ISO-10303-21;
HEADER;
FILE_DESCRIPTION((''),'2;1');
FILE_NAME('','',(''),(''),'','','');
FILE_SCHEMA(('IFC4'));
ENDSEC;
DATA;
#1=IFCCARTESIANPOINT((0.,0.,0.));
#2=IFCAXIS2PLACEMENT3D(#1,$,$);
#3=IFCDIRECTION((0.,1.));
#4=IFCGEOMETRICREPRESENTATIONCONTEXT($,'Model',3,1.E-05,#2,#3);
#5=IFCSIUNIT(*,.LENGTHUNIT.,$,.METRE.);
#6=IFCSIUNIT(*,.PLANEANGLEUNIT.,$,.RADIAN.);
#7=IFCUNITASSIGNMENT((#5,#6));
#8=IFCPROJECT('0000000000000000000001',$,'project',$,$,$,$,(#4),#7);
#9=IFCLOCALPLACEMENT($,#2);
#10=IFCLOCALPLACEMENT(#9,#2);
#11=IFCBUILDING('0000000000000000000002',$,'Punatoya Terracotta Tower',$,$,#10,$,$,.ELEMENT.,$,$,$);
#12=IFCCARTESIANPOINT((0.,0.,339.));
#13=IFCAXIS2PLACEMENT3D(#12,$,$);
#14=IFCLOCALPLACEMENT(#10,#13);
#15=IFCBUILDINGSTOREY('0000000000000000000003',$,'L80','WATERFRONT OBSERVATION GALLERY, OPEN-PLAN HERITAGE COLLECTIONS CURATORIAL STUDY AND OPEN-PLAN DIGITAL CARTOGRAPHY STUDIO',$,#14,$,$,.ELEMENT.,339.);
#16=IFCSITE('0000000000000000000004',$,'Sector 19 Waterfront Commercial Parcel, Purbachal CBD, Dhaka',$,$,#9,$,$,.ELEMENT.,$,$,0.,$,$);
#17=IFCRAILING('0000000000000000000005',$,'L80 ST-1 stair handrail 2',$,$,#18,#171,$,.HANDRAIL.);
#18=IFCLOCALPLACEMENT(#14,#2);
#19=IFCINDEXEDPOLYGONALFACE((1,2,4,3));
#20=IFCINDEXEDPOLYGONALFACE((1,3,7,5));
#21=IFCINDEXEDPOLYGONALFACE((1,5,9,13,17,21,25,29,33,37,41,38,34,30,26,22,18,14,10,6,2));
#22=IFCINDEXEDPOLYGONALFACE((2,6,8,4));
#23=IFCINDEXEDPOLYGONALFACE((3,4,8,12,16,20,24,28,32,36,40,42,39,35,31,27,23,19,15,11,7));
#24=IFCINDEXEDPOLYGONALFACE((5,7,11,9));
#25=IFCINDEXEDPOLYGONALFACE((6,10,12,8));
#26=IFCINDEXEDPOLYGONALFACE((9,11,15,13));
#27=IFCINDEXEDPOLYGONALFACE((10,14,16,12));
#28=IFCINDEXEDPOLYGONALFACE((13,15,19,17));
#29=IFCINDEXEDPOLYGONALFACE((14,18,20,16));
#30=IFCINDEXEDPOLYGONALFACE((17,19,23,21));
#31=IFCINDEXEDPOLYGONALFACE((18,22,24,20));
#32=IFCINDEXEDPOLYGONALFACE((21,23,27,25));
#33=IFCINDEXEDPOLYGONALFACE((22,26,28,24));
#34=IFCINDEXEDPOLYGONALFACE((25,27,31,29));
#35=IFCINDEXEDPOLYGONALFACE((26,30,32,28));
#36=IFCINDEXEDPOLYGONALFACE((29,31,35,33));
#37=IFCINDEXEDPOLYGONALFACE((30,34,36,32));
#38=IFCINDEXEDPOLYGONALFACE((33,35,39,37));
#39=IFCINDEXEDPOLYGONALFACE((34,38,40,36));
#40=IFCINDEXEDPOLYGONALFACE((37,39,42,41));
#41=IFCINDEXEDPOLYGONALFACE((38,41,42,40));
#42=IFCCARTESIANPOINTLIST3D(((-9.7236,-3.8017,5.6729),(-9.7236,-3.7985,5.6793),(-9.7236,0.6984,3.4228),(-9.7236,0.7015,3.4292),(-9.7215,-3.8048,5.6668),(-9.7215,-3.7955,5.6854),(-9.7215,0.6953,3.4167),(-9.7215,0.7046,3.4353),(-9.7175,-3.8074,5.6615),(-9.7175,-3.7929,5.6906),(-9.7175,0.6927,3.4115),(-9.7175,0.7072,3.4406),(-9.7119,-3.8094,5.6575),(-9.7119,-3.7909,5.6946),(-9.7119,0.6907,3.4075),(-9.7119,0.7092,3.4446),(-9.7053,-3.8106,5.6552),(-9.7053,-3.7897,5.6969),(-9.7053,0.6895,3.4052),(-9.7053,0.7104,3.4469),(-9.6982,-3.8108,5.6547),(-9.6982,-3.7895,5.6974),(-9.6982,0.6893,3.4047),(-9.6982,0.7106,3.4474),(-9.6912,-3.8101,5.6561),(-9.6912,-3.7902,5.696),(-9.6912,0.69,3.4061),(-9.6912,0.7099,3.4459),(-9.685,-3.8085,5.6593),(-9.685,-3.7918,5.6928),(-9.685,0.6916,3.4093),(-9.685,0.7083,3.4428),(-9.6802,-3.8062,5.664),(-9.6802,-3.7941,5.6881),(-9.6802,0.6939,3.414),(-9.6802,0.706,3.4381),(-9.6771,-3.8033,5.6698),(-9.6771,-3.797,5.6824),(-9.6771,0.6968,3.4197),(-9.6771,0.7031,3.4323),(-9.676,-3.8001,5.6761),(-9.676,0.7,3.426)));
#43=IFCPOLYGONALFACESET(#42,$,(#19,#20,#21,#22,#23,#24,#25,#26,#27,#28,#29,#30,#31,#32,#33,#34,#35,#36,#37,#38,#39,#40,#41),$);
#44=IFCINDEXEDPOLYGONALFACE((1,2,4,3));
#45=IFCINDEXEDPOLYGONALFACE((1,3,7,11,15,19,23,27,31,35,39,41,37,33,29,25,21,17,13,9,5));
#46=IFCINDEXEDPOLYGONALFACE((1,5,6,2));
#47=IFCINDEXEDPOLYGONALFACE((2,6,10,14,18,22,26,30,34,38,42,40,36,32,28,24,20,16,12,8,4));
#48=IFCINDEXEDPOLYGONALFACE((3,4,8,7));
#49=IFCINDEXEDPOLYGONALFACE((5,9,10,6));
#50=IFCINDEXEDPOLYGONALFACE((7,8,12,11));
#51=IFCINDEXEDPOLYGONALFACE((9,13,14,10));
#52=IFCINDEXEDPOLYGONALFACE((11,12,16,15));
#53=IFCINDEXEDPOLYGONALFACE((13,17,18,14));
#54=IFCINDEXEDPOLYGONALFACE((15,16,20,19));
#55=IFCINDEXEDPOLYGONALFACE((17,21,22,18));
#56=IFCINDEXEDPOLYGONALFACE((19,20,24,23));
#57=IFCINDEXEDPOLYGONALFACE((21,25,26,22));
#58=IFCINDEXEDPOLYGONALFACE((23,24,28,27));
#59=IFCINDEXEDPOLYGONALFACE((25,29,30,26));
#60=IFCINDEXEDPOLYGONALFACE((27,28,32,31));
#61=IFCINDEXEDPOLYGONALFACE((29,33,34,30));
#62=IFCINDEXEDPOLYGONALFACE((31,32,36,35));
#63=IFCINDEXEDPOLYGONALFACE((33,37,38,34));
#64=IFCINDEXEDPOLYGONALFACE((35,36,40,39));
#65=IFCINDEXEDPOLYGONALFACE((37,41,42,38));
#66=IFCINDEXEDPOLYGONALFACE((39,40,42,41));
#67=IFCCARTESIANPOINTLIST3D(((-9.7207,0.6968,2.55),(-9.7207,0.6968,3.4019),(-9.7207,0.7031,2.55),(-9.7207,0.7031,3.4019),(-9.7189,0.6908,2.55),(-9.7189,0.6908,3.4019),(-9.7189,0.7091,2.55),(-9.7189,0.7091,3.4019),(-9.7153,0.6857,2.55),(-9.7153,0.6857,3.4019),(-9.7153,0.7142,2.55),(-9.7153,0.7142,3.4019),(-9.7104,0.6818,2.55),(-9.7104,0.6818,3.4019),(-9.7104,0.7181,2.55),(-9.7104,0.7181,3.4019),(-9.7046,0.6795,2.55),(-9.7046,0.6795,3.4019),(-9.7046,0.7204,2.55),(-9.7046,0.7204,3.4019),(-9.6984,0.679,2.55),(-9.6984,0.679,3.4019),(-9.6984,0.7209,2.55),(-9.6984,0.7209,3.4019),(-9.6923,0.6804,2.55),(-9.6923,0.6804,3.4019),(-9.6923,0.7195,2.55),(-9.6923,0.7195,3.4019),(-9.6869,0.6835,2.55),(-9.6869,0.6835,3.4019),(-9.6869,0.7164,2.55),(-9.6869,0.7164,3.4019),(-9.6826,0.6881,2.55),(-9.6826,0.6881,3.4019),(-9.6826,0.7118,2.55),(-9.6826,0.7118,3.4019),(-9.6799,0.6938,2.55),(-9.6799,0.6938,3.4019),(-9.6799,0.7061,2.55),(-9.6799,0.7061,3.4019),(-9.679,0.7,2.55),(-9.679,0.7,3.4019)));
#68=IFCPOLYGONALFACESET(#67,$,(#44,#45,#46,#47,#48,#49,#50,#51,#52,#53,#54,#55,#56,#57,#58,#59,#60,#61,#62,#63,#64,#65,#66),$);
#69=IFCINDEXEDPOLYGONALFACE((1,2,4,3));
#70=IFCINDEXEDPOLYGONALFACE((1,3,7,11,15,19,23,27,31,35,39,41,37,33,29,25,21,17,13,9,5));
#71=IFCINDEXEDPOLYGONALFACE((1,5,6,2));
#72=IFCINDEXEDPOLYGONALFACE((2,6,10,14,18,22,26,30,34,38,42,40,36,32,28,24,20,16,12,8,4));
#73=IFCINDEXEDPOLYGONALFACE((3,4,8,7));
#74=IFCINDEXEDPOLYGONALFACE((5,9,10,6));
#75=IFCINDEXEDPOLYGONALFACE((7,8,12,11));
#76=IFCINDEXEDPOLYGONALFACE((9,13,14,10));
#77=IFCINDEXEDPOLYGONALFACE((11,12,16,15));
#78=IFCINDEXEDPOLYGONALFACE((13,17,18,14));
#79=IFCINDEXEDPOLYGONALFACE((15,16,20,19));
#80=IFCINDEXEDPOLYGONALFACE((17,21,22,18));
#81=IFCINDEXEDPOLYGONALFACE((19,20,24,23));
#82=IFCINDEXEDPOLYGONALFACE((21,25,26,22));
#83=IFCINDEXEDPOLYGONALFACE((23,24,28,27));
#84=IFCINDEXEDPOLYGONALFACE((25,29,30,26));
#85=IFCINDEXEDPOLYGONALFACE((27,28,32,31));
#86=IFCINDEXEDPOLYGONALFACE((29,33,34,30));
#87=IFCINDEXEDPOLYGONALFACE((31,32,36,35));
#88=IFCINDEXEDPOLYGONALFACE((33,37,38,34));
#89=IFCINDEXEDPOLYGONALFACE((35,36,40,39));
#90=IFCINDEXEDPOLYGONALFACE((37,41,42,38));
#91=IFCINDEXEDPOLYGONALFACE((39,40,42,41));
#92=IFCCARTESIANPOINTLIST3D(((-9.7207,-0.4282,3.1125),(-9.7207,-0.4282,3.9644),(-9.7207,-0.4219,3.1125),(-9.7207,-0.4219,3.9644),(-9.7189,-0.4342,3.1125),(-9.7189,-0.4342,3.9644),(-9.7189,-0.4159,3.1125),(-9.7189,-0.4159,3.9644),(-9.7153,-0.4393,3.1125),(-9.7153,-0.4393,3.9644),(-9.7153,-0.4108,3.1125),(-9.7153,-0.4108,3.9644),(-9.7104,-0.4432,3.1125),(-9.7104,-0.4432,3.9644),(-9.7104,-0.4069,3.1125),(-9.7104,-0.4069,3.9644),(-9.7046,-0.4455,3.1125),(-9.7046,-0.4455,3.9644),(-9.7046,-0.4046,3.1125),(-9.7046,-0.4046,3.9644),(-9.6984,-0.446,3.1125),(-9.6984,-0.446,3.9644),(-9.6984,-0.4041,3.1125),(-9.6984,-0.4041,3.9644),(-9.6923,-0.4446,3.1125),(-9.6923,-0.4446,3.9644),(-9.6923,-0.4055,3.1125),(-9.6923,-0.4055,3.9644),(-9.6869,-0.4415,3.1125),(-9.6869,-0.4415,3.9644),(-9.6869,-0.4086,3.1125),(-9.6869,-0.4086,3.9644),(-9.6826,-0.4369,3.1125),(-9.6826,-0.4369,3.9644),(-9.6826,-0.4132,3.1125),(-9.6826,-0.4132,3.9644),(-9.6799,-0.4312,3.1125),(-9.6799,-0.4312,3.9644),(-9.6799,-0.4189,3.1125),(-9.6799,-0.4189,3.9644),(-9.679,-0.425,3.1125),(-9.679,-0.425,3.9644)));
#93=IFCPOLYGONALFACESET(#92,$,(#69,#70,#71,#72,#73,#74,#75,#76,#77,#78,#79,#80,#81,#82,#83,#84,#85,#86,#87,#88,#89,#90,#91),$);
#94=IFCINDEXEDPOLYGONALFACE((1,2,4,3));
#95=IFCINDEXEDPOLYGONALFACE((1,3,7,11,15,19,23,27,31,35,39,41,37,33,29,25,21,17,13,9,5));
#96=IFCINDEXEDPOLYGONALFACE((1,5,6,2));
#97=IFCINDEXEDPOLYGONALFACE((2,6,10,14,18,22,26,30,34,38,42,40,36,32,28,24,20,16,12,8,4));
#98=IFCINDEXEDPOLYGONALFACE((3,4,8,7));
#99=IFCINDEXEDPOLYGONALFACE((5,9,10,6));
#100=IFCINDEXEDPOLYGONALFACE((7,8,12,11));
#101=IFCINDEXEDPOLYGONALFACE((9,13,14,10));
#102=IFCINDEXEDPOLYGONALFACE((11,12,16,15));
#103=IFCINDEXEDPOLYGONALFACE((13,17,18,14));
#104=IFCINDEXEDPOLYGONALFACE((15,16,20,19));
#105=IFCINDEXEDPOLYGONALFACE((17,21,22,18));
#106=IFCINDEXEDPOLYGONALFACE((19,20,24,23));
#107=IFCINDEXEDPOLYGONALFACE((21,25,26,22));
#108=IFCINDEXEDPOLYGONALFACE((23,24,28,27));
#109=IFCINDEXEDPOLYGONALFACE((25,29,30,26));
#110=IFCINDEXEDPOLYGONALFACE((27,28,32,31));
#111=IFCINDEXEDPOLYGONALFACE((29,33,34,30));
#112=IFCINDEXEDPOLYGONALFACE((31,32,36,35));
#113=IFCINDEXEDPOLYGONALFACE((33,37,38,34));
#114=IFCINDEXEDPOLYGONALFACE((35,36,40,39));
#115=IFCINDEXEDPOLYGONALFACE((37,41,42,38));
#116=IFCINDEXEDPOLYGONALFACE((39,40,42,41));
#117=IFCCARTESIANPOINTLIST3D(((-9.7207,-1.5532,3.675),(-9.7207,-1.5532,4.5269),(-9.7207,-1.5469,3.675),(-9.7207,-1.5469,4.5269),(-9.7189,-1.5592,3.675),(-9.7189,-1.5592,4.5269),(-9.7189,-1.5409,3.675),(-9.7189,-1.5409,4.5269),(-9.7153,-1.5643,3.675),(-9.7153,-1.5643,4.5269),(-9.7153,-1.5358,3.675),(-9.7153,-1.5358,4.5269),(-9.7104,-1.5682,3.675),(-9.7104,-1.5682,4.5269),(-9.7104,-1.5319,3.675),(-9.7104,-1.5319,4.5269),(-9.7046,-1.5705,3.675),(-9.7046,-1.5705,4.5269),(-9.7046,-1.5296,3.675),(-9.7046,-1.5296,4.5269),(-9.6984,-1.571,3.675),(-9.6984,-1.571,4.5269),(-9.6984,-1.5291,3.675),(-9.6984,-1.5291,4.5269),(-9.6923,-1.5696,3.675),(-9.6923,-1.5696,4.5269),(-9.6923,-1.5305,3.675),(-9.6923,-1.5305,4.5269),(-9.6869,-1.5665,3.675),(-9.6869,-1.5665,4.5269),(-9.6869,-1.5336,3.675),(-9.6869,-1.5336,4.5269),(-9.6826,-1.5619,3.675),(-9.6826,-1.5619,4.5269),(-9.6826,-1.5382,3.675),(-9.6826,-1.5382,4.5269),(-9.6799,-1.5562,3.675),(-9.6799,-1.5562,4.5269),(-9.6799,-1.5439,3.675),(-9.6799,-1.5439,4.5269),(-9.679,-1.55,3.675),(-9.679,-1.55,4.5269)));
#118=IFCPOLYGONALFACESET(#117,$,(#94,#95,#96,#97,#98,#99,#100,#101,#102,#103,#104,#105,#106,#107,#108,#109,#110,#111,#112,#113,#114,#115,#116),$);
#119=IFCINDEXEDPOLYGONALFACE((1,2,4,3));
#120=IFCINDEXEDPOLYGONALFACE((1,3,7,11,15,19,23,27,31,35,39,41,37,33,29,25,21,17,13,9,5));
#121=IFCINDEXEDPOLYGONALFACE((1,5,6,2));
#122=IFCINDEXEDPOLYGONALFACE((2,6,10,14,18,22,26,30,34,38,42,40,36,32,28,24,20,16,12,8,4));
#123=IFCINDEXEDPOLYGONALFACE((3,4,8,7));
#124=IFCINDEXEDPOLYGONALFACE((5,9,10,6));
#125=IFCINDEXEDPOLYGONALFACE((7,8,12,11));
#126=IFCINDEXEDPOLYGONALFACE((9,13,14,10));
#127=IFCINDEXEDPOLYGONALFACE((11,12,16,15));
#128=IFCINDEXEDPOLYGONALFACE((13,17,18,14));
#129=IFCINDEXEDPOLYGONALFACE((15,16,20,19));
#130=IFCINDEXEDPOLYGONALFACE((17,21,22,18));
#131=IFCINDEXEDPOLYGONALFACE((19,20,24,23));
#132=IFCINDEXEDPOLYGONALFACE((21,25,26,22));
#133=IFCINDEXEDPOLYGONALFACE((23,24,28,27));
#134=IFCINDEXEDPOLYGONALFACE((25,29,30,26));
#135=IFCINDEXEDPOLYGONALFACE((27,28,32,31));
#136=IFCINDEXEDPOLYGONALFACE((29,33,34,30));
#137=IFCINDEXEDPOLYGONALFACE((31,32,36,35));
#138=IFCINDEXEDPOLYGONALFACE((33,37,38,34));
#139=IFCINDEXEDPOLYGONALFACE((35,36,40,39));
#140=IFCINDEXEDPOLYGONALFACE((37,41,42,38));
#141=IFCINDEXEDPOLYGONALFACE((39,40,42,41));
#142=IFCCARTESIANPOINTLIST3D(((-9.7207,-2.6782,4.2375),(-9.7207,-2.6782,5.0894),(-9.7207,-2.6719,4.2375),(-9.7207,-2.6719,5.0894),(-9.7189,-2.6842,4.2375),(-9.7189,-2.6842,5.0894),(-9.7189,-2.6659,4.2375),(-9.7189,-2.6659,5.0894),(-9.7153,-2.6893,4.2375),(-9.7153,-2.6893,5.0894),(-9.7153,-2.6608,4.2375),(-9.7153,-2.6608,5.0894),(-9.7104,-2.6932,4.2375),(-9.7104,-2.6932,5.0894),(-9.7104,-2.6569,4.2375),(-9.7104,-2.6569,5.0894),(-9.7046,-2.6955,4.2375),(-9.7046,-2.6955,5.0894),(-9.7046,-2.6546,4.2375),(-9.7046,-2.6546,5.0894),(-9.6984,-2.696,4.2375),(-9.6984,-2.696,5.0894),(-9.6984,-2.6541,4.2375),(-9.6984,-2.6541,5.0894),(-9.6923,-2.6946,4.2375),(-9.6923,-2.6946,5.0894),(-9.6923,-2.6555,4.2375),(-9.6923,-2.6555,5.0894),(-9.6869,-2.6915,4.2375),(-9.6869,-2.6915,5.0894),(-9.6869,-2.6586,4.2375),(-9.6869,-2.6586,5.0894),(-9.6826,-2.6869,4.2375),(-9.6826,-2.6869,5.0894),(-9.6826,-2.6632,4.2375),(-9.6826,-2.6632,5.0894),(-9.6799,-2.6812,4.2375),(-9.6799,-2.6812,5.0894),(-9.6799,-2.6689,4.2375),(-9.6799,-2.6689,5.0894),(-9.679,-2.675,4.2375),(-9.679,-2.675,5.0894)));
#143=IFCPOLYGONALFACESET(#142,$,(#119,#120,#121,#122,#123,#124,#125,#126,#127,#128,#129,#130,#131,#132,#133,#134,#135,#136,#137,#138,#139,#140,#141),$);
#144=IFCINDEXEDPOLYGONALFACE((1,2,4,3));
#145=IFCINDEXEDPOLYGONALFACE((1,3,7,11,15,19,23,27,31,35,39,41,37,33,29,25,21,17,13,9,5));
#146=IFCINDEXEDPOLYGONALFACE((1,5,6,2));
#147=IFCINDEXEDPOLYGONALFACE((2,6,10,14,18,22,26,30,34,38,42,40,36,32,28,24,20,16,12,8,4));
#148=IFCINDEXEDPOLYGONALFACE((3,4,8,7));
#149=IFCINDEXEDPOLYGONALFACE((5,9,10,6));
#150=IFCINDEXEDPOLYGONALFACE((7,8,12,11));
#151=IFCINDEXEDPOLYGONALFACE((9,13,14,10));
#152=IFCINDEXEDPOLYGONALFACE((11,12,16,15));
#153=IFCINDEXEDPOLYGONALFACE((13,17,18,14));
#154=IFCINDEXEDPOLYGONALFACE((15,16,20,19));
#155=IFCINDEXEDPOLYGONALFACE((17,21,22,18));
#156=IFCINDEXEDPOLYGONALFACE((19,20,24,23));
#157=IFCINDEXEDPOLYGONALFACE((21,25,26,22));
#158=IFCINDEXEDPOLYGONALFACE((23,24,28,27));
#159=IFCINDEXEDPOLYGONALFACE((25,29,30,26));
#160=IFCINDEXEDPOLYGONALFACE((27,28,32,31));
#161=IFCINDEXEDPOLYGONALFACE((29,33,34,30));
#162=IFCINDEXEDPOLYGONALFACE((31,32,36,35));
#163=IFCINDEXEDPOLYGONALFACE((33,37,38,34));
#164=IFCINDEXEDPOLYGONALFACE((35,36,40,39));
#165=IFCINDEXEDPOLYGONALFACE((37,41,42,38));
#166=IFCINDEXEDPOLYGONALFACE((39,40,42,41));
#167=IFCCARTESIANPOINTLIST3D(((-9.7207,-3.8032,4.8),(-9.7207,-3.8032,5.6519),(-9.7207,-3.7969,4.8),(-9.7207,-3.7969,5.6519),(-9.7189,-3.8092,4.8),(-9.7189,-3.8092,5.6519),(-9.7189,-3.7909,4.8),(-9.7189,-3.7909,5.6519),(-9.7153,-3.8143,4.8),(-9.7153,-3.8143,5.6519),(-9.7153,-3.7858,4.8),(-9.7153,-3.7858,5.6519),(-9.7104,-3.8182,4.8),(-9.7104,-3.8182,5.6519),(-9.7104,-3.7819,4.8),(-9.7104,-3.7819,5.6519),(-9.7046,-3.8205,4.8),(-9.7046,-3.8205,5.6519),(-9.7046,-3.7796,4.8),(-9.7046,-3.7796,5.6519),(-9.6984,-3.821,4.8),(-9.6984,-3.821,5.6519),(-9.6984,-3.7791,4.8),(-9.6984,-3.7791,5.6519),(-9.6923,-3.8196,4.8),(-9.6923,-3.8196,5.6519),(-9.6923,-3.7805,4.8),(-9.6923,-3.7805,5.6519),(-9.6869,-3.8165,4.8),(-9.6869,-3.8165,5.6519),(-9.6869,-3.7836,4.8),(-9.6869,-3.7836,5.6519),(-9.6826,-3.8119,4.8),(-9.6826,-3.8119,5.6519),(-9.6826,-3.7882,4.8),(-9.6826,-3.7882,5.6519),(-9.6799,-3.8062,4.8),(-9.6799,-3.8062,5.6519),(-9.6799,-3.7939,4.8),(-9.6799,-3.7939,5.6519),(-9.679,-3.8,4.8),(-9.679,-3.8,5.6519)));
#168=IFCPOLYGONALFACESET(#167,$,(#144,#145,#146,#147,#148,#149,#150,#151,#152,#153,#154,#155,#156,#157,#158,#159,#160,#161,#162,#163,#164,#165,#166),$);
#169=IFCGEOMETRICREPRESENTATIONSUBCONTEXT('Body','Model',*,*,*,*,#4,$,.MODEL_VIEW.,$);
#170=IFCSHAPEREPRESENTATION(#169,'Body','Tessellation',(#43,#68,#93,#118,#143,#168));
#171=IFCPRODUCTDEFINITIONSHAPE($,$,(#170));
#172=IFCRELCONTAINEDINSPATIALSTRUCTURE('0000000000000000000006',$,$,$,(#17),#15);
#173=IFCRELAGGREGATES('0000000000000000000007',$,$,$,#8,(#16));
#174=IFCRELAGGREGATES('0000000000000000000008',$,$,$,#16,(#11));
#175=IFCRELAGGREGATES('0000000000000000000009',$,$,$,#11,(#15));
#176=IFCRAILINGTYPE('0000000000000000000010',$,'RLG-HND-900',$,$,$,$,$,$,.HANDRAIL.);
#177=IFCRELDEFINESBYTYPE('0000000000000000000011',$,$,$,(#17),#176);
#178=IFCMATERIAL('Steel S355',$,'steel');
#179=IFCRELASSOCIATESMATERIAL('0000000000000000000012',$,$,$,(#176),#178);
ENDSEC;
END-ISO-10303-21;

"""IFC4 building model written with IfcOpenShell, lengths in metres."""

from ifc_helpers import new_model, si_unit, direction, frame, origin, origin_2d, place, context, subcontext, project, spatial, circle, extrude, material, type_object, element, save


model = new_model("IFC4")

# Units and contexts
model_context = context("Model", 3, precision=1e-05, world=origin(), true_north=direction((0.0, 1.0)))
body_context = subcontext(model_context, "Body", "Model", "MODEL_VIEW")
ifc_project = project(units=[si_unit("LENGTHUNIT", "METRE"), si_unit("PLANEANGLEUNIT", "RADIAN")], contexts=[model_context])

# Site, building, storey
site_placement = place(None, origin())
site = spatial("IfcSite", under=ifc_project, at=site_placement, Name="Sector 19 Waterfront Commercial Parcel, Purbachal CBD, Dhaka", CompositionType="ELEMENT", RefElevation=0.0)
building_placement = place(site_placement, origin())
building = spatial("IfcBuilding", under=site, at=building_placement, Name="Punatoya Terracotta Tower", CompositionType="ELEMENT")
storey_placement = place(building_placement, frame((0.0, 0.0, 339.0)))
storey = spatial("IfcBuildingStorey", under=building, at=storey_placement, Name="L80", Description="WATERFRONT OBSERVATION GALLERY, OPEN-PLAN HERITAGE COLLECTIONS CURATORIAL STUDY AND OPEN-PLAN DIGITAL CARTOGRAPHY STUDIO", CompositionType="ELEMENT", Elevation=339.0)

# Shared definitions
ifc_material_1 = material(Name="Steel S355", Category="steel")

# Railing
railing_type_1 = type_object("IfcRailingType", Name="RLG-HND-900", PredefinedType="HANDRAIL", material=ifc_material_1)
railing_1_placement = place(storey_placement, frame((-9.7, 0.7, 2.55)))
element("IfcRailing", 1, at=railing_1_placement, inside=storey, type_object=railing_type_1, Name="L80 ST-1 stair handrail 2", PredefinedType="HANDRAIL", context=body_context, shape_type="SweptSolid", body=[
    extrude(circle(Radius=0.0239, at=origin_2d()), frame((0.0, 0.0, 0.876), z_axis=(0.0, -0.894427, 0.447214), x_axis=(1.0, 0.0, 0.0)), (0.0, 0.0, 1.0), 5.0312),
    extrude(circle(Radius=0.021, at=origin_2d()), origin(), (0.0, 0.0, 1.0), 0.8518),
    extrude(circle(Radius=0.021, at=origin_2d()), frame((0.0, -1.125, 0.5625)), (0.0, 0.0, 1.0), 0.8518),
    extrude(circle(Radius=0.021, at=origin_2d()), frame((0.0, -2.25, 1.125)), (0.0, 0.0, 1.0), 0.8518),
    extrude(circle(Radius=0.021, at=origin_2d()), frame((0.0, -3.375, 1.6875)), (0.0, 0.0, 1.0), 0.8518),
    extrude(circle(Radius=0.021, at=origin_2d()), frame((0.0, -4.5, 2.25)), (0.0, 0.0, 1.0), 0.8518),
])

save(model, "model.ifc")
